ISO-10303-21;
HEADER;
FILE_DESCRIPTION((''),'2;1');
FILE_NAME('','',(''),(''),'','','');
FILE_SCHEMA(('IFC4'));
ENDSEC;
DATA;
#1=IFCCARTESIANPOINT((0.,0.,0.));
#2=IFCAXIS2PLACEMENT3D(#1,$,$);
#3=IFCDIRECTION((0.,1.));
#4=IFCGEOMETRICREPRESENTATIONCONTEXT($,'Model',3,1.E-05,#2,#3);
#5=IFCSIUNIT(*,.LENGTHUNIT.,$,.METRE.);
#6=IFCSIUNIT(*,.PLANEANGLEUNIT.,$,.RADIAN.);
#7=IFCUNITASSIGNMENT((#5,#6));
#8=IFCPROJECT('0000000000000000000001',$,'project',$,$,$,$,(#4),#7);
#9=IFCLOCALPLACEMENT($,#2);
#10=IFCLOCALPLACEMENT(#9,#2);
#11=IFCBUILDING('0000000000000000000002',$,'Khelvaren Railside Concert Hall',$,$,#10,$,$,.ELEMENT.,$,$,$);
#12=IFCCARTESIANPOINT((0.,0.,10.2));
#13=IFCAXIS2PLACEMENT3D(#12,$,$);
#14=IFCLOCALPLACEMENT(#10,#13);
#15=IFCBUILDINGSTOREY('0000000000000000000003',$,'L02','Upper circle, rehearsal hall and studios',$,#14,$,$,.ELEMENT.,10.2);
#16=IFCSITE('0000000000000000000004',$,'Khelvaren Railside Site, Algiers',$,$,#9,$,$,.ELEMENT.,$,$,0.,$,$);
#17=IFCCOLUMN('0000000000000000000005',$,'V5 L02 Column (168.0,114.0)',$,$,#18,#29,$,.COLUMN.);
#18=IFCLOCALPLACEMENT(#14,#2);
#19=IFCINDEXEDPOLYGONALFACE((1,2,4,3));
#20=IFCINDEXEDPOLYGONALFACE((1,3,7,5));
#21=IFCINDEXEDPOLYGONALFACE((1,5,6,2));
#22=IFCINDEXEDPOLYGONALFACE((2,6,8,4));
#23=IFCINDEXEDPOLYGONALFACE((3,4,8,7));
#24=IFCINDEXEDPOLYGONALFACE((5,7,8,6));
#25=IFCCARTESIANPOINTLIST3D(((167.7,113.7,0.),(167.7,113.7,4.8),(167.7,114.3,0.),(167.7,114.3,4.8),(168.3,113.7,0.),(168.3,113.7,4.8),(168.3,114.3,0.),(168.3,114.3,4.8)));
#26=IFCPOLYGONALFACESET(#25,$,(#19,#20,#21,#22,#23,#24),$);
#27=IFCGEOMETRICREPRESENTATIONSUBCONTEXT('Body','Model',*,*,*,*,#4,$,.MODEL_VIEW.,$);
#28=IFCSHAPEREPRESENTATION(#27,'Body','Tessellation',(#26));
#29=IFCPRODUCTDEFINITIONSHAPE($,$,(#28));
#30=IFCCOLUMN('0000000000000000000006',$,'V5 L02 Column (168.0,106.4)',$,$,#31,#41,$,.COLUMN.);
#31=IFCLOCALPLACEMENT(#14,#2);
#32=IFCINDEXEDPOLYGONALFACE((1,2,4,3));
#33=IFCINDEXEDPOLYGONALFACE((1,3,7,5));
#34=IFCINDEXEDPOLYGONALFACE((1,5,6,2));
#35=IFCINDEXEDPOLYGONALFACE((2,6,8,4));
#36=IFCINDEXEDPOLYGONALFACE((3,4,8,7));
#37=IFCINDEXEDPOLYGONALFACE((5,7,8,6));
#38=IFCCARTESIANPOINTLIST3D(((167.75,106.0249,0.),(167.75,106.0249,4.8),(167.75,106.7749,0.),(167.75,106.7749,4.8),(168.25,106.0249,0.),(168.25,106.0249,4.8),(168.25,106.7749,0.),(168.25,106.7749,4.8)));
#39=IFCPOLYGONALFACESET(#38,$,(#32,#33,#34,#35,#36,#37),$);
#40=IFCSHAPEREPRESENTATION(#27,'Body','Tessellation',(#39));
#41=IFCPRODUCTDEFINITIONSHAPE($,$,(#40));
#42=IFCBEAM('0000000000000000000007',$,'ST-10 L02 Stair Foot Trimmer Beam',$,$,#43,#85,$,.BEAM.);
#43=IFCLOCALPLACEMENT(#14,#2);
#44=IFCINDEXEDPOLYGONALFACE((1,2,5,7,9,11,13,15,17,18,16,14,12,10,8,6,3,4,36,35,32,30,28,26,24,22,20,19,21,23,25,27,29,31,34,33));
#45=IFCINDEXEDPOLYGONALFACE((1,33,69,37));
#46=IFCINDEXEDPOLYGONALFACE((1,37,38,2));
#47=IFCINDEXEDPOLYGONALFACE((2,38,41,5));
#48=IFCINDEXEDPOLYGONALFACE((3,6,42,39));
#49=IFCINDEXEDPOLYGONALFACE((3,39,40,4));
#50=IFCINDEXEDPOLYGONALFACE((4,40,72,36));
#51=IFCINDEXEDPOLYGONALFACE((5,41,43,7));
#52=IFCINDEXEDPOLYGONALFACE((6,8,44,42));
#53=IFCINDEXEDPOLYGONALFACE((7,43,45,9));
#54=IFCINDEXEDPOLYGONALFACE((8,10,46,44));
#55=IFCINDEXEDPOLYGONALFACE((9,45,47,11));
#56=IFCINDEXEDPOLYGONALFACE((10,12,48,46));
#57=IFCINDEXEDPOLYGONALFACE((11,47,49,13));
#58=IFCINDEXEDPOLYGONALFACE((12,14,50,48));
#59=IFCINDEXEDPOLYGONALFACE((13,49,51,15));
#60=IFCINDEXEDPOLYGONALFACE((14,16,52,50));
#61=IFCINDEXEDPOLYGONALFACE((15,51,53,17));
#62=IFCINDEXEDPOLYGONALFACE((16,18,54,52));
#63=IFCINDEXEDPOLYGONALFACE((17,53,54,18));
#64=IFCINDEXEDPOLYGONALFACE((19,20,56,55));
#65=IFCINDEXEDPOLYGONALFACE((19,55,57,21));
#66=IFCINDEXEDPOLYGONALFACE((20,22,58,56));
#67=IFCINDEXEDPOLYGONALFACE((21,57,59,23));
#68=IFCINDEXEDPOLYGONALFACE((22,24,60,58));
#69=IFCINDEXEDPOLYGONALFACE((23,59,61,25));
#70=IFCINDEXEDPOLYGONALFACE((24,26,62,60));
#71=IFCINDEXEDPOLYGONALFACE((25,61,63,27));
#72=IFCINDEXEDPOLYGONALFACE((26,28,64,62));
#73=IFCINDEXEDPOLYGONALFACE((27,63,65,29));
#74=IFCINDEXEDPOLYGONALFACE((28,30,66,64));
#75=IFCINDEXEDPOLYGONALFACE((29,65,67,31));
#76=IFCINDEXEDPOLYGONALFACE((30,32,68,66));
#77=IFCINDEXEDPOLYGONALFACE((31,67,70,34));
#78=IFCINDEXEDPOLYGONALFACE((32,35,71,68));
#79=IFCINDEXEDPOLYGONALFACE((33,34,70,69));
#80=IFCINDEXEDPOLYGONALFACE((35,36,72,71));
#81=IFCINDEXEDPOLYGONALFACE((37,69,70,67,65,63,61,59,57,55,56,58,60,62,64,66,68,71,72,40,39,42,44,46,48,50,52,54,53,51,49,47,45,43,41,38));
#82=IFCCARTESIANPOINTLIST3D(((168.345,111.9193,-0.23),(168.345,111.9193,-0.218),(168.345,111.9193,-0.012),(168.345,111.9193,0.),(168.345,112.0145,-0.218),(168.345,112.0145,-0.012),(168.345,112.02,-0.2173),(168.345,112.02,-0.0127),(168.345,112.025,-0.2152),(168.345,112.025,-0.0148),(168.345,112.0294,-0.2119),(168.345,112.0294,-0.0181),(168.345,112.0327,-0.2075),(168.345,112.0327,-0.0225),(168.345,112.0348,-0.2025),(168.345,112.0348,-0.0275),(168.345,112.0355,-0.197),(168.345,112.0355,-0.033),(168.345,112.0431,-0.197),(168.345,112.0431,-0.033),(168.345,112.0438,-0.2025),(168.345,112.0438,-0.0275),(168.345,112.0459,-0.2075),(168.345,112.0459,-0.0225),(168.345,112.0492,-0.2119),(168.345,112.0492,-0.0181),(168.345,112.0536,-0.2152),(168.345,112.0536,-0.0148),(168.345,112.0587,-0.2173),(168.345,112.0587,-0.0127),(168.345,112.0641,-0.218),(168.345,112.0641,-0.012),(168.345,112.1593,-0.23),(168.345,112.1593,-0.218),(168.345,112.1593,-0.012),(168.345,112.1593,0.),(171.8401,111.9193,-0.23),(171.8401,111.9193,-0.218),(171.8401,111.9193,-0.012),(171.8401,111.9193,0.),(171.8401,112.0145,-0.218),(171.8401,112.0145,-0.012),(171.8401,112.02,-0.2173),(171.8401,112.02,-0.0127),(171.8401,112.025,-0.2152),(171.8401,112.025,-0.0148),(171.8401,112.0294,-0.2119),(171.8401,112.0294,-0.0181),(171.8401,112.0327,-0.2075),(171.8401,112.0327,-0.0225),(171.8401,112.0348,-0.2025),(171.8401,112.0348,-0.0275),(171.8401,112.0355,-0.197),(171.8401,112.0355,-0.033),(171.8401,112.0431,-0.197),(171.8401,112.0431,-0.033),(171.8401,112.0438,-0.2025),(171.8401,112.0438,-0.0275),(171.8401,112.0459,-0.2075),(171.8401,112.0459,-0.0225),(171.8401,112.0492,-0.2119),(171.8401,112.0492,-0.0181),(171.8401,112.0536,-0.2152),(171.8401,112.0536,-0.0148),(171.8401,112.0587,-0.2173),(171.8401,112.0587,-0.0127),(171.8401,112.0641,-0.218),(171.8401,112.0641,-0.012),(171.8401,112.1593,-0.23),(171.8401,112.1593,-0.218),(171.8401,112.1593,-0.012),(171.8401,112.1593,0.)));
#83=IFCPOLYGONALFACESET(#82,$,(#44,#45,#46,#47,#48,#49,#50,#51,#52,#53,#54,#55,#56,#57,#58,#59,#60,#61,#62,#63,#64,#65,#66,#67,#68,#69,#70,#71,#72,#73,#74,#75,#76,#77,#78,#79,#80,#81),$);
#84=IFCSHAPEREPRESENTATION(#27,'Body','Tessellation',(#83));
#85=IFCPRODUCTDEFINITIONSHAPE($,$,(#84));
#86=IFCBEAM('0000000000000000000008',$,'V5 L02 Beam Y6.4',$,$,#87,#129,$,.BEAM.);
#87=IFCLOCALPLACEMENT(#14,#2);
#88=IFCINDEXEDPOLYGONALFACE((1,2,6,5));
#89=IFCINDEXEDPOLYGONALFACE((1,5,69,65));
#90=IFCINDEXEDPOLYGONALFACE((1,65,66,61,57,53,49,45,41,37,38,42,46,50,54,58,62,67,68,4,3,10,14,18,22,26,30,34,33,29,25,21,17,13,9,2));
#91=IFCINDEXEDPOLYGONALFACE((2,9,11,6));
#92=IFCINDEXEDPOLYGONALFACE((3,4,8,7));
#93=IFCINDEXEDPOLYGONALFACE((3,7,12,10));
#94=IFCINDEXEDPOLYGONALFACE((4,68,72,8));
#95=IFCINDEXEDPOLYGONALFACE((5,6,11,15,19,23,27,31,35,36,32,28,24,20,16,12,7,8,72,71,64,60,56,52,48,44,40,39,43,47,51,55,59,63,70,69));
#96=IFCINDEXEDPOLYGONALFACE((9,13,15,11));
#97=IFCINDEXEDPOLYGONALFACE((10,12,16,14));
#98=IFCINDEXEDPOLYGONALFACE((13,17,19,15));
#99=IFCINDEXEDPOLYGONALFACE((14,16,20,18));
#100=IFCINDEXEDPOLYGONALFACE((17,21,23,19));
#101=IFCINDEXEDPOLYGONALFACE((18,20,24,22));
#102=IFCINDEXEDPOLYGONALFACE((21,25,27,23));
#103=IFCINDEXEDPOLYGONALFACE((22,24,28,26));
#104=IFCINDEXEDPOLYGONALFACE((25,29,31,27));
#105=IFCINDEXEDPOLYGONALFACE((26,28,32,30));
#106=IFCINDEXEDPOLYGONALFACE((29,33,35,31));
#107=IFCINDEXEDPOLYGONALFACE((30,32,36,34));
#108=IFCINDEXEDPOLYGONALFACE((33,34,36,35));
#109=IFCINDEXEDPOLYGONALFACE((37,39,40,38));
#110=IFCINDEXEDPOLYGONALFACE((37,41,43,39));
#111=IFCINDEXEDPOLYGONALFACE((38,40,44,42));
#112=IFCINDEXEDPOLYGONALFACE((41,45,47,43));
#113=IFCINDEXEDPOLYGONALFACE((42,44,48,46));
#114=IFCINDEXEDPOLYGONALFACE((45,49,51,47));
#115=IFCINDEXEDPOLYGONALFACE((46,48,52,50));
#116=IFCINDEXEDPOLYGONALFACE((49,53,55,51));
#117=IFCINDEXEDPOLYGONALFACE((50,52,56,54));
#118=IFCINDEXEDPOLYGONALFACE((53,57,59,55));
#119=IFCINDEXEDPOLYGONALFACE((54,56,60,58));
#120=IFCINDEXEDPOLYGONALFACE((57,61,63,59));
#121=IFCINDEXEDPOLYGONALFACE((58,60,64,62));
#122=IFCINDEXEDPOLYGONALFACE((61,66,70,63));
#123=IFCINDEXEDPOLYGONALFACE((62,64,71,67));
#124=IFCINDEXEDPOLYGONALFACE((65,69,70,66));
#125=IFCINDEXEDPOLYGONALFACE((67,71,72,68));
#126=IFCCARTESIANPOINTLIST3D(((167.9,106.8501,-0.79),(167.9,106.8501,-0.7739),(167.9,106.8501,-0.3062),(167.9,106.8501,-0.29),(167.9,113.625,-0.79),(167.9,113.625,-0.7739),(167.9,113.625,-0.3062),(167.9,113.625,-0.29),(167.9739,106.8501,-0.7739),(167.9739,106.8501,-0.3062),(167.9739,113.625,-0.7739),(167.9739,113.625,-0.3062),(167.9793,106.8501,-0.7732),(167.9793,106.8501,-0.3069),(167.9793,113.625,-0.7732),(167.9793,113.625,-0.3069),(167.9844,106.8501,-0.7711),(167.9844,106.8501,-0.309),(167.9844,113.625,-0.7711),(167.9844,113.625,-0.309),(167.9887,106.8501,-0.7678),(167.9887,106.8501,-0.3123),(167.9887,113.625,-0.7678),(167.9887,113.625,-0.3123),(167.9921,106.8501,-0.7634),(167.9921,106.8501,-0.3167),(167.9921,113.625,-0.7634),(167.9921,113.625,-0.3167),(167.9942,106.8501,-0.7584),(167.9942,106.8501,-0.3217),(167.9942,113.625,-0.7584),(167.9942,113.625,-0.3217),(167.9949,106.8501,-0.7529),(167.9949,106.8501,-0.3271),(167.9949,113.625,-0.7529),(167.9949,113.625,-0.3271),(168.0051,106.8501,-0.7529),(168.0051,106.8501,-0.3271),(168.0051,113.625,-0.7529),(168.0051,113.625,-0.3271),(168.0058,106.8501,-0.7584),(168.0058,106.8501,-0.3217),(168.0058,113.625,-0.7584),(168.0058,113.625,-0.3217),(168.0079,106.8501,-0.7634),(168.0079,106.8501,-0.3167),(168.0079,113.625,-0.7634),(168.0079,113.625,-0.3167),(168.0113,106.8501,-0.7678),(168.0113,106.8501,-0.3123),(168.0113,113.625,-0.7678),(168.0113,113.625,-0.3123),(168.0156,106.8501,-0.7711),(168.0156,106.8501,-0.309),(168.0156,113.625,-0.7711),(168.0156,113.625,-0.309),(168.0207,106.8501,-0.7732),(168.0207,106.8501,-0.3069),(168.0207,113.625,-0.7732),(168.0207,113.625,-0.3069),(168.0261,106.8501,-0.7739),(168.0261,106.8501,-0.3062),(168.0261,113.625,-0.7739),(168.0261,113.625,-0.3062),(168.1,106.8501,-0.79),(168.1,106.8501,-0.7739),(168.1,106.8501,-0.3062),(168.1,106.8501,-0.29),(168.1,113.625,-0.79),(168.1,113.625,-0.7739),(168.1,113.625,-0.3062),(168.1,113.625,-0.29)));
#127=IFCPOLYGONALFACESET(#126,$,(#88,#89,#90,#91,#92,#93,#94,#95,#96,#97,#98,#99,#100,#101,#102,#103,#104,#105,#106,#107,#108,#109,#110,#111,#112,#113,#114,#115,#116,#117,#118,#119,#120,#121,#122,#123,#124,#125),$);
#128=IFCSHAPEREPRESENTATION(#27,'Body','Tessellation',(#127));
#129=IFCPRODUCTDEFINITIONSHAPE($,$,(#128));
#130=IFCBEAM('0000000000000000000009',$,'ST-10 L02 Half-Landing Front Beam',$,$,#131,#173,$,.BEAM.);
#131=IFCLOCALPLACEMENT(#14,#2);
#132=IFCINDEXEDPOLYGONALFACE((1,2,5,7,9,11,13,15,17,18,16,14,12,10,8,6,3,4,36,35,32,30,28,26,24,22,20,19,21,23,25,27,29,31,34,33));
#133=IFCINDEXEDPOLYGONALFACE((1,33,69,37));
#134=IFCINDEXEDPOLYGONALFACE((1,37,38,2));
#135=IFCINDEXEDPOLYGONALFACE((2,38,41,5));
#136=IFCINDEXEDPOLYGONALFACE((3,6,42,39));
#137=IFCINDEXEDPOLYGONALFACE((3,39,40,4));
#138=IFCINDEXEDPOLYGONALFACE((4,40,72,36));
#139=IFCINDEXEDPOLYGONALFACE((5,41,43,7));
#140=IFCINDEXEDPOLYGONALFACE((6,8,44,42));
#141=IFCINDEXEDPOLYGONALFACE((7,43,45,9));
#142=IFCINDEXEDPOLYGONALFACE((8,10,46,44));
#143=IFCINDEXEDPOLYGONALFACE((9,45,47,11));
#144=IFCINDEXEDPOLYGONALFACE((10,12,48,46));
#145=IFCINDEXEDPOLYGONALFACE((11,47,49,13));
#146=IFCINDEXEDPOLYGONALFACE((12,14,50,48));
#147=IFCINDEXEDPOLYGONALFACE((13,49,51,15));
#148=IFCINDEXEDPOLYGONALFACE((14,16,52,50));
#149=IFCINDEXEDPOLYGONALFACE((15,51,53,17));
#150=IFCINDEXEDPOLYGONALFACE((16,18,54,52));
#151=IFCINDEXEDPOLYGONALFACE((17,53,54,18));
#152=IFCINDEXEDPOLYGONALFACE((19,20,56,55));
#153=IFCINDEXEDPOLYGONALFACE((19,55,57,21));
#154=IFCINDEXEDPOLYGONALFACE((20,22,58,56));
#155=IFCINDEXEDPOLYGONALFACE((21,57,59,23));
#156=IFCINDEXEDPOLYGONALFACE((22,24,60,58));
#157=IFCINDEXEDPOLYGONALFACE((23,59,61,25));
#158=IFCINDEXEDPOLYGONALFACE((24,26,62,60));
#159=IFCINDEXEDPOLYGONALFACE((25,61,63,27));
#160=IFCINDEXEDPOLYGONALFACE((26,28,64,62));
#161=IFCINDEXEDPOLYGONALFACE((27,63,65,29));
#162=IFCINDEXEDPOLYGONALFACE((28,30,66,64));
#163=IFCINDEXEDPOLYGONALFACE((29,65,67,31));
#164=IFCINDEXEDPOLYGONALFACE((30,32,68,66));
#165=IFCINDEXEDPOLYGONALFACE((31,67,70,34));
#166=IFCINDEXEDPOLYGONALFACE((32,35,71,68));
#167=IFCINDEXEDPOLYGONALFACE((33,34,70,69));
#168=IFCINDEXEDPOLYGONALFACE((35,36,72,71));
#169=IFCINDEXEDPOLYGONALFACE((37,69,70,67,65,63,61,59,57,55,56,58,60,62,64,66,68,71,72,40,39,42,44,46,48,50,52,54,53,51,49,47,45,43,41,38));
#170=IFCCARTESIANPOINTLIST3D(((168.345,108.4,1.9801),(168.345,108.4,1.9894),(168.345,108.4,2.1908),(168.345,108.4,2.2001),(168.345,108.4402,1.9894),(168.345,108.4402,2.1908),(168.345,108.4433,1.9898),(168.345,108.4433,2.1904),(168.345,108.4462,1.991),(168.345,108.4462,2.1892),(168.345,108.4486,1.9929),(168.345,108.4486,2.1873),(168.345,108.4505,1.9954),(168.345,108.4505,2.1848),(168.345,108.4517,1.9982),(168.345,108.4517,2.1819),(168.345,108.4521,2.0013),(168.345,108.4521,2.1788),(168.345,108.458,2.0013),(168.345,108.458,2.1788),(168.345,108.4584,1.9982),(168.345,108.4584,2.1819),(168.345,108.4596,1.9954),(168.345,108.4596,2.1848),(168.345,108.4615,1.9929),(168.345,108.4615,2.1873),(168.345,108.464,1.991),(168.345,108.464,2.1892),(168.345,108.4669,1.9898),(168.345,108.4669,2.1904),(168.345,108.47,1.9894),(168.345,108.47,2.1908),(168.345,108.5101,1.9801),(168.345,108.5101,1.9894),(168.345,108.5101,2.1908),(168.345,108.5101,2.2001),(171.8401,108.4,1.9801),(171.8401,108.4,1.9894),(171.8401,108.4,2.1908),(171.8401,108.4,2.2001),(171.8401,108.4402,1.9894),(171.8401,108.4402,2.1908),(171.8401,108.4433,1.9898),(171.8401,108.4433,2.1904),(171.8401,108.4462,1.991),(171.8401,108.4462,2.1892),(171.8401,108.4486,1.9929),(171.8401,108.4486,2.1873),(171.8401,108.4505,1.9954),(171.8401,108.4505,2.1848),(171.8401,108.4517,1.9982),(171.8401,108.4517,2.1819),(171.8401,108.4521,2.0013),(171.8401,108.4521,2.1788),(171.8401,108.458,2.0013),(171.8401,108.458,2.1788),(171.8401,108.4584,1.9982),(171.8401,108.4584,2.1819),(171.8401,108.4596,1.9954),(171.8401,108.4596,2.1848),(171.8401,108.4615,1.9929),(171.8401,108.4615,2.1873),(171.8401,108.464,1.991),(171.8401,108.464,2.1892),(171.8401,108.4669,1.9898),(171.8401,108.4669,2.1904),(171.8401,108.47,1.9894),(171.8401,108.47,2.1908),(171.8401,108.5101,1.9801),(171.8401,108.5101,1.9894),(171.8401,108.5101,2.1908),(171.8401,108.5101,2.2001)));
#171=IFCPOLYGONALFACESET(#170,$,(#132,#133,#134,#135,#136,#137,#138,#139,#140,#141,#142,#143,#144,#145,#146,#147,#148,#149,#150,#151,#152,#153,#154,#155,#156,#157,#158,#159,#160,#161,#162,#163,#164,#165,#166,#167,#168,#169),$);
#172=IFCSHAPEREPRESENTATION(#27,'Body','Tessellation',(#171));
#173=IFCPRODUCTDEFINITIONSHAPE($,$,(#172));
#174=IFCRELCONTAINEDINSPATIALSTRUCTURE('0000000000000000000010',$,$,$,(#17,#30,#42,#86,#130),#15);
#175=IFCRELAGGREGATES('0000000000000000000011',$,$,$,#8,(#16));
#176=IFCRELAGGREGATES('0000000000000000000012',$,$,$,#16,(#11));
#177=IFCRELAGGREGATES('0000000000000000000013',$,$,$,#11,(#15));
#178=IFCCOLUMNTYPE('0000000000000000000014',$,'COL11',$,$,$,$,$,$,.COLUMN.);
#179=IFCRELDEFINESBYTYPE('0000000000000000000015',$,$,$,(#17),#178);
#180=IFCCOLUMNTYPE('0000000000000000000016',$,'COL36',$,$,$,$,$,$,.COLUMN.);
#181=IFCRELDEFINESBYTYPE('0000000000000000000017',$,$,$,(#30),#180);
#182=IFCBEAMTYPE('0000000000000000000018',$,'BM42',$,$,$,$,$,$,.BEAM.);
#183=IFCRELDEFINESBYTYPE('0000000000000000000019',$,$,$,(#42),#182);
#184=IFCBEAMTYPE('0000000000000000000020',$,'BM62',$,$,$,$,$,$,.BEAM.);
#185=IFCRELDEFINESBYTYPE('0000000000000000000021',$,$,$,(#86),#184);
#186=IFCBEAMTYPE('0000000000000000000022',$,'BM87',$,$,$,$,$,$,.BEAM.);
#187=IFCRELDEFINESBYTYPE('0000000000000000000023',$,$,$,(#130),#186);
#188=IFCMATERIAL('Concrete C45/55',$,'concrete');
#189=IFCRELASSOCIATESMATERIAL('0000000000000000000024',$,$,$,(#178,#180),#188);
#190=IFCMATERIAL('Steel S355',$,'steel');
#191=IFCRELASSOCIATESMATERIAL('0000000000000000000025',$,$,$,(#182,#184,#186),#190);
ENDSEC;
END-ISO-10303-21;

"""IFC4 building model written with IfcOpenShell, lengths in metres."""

from ifc_helpers import new_model, si_unit, direction, frame, origin, origin_2d, place, context, subcontext, project, spatial, rectangle, i_section, extrude, material, material_profile, profile_set, type_object, element, save


model = new_model("IFC4")

# Units and contexts
model_context = context("Model", 3, precision=1e-05, world=origin(), true_north=direction((0.0, 1.0)))
body_context = subcontext(model_context, "Body", "Model", "MODEL_VIEW")
ifc_project = project(units=[si_unit("LENGTHUNIT", "METRE"), si_unit("PLANEANGLEUNIT", "RADIAN")], contexts=[model_context])

# Site, building, storey
site_placement = place(None, origin())
site = spatial("IfcSite", under=ifc_project, at=site_placement, Name="Khelvaren Railside Site, Algiers", CompositionType="ELEMENT", RefElevation=0.0)
building_placement = place(site_placement, origin())
building = spatial("IfcBuilding", under=site, at=building_placement, Name="Khelvaren Railside Concert Hall", CompositionType="ELEMENT")
storey_placement = place(building_placement, frame((0.0, 0.0, 10.2)))
storey = spatial("IfcBuildingStorey", under=building, at=storey_placement, Name="L02", Description="Upper circle, rehearsal hall and studios", CompositionType="ELEMENT", Elevation=10.2)

# Columns
ifc_material_1 = material(Name="Concrete C45/55", Category="concrete")
ifc_material_profile_1 = material_profile(ifc_material_1, rectangle(XDim=0.6001, YDim=0.6001, at=origin_2d()), Name="RC 600x600")
ifc_profile_set_1 = profile_set([ifc_material_profile_1], Name="Concrete C45/55")
column_type_1 = type_object("IfcColumnType", Name="COL11", PredefinedType="COLUMN", material=ifc_profile_set_1)
column_1_placement = place(storey_placement, frame((168.0, 114.0, 0.0), z_axis=(0.0, 0.0, 1.0), x_axis=(1.0, 0.0, 0.0)))
element("IfcColumn", 1, at=column_1_placement, inside=storey, type_object=column_type_1, Name="V5 L02 Column (168.0,114.0)", PredefinedType="COLUMN", context=body_context, shape_type="SweptSolid", body=[
    extrude(rectangle(XDim=0.6001, YDim=0.6001, at=origin_2d()), origin(), (0.0, 0.0, 1.0), 4.8),
])
ifc_material_profile_2 = material_profile(ifc_material_1, rectangle(XDim=0.5, YDim=0.75, at=origin_2d()), Name="RC 500x750")
ifc_profile_set_2 = profile_set([ifc_material_profile_2], Name="Concrete C45/55")
column_type_2 = type_object("IfcColumnType", Name="COL36", PredefinedType="COLUMN", material=ifc_profile_set_2)
column_2_placement = place(storey_placement, frame((168.0, 106.3999, 0.0), z_axis=(0.0, 0.0, 1.0), x_axis=(1.0, 0.0, 0.0)))
element("IfcColumn", 2, at=column_2_placement, inside=storey, type_object=column_type_2, Name="V5 L02 Column (168.0,106.4)", PredefinedType="COLUMN", context=body_context, shape_type="SweptSolid", body=[
    extrude(rectangle(XDim=0.5, YDim=0.75, at=origin_2d()), origin(), (0.0, 0.0, 1.0), 4.8),
])

# Beams
ifc_material_2 = material(Name="Steel S355", Category="steel")
ifc_material_profile_3 = material_profile(ifc_material_2, i_section(OverallWidth=0.24, OverallDepth=0.23, WebThickness=0.0076, FlangeThickness=0.012, FilletRadius=0.021, at=origin_2d()), Name="HEA 240")
ifc_profile_set_3 = profile_set([ifc_material_profile_3], Name="Steel S355")
beam_type_1 = type_object("IfcBeamType", Name="BM42", PredefinedType="BEAM", material=ifc_profile_set_3)
beam_1_placement = place(storey_placement, frame((168.345, 112.0393, -0.115), z_axis=(1.0, 0.0, 0.0), x_axis=(0.0, 1.0, 0.0)))
element("IfcBeam", 3, at=beam_1_placement, inside=storey, type_object=beam_type_1, Name="ST-10 L02 Stair Foot Trimmer Beam", PredefinedType="BEAM", context=body_context, shape_type="SweptSolid", body=[
    extrude(i_section(OverallWidth=0.24, OverallDepth=0.23, WebThickness=0.0076, FlangeThickness=0.012, FilletRadius=0.021, at=origin_2d()), origin(), (0.0, 0.0, 1.0), 3.4951),
])
ifc_material_profile_4 = material_profile(ifc_material_2, i_section(OverallWidth=0.2, OverallDepth=0.5, WebThickness=0.0103, FlangeThickness=0.0161, FilletRadius=0.021, at=origin_2d()), Name="IPE 500")
ifc_profile_set_4 = profile_set([ifc_material_profile_4], Name="Steel S355")
beam_type_2 = type_object("IfcBeamType", Name="BM62", PredefinedType="BEAM", material=ifc_profile_set_4)
beam_2_placement = place(storey_placement, frame((168.0, 106.8501, -0.54), z_axis=(0.0, 1.0, 0.0), x_axis=(-1.0, 0.0, 0.0)))
element("IfcBeam", 4, at=beam_2_placement, inside=storey, type_object=beam_type_2, Name="V5 L02 Beam Y6.4", PredefinedType="BEAM", context=body_context, shape_type="SweptSolid", body=[
    extrude(i_section(OverallWidth=0.2, OverallDepth=0.5, WebThickness=0.0103, FlangeThickness=0.0161, FilletRadius=0.021, at=origin_2d()), origin(), (0.0, 0.0, 1.0), 6.7749),
])
ifc_material_profile_5 = material_profile(ifc_material_2, i_section(OverallWidth=0.1101, OverallDepth=0.22, WebThickness=0.0059, FlangeThickness=0.0093, FilletRadius=0.012, at=origin_2d()), Name="IPE 220")
ifc_profile_set_5 = profile_set([ifc_material_profile_5], Name="Steel S355")
beam_type_3 = type_object("IfcBeamType", Name="BM87", PredefinedType="BEAM", material=ifc_profile_set_5)
for number, where, z_axis, x_axis, name in (
    (5, (168.345, 108.4551, 2.0901), (1.0, 0.0, 0.0), (0.0, 1.0, 0.0), "ST-10 L02 Half-Landing Front Beam"),
):
    element("IfcBeam", number, at=place(storey_placement, frame(where, z_axis=z_axis, x_axis=x_axis)), inside=storey, type_object=beam_type_3, Name=name, PredefinedType="BEAM", context=body_context, shape_type="SweptSolid", body=[
        extrude(i_section(OverallWidth=0.1101, OverallDepth=0.22, WebThickness=0.0059, FlangeThickness=0.0093, FilletRadius=0.012, at=origin_2d()), origin(), (0.0, 0.0, 1.0), 3.4951),
    ])

save(model, "model.ifc")
